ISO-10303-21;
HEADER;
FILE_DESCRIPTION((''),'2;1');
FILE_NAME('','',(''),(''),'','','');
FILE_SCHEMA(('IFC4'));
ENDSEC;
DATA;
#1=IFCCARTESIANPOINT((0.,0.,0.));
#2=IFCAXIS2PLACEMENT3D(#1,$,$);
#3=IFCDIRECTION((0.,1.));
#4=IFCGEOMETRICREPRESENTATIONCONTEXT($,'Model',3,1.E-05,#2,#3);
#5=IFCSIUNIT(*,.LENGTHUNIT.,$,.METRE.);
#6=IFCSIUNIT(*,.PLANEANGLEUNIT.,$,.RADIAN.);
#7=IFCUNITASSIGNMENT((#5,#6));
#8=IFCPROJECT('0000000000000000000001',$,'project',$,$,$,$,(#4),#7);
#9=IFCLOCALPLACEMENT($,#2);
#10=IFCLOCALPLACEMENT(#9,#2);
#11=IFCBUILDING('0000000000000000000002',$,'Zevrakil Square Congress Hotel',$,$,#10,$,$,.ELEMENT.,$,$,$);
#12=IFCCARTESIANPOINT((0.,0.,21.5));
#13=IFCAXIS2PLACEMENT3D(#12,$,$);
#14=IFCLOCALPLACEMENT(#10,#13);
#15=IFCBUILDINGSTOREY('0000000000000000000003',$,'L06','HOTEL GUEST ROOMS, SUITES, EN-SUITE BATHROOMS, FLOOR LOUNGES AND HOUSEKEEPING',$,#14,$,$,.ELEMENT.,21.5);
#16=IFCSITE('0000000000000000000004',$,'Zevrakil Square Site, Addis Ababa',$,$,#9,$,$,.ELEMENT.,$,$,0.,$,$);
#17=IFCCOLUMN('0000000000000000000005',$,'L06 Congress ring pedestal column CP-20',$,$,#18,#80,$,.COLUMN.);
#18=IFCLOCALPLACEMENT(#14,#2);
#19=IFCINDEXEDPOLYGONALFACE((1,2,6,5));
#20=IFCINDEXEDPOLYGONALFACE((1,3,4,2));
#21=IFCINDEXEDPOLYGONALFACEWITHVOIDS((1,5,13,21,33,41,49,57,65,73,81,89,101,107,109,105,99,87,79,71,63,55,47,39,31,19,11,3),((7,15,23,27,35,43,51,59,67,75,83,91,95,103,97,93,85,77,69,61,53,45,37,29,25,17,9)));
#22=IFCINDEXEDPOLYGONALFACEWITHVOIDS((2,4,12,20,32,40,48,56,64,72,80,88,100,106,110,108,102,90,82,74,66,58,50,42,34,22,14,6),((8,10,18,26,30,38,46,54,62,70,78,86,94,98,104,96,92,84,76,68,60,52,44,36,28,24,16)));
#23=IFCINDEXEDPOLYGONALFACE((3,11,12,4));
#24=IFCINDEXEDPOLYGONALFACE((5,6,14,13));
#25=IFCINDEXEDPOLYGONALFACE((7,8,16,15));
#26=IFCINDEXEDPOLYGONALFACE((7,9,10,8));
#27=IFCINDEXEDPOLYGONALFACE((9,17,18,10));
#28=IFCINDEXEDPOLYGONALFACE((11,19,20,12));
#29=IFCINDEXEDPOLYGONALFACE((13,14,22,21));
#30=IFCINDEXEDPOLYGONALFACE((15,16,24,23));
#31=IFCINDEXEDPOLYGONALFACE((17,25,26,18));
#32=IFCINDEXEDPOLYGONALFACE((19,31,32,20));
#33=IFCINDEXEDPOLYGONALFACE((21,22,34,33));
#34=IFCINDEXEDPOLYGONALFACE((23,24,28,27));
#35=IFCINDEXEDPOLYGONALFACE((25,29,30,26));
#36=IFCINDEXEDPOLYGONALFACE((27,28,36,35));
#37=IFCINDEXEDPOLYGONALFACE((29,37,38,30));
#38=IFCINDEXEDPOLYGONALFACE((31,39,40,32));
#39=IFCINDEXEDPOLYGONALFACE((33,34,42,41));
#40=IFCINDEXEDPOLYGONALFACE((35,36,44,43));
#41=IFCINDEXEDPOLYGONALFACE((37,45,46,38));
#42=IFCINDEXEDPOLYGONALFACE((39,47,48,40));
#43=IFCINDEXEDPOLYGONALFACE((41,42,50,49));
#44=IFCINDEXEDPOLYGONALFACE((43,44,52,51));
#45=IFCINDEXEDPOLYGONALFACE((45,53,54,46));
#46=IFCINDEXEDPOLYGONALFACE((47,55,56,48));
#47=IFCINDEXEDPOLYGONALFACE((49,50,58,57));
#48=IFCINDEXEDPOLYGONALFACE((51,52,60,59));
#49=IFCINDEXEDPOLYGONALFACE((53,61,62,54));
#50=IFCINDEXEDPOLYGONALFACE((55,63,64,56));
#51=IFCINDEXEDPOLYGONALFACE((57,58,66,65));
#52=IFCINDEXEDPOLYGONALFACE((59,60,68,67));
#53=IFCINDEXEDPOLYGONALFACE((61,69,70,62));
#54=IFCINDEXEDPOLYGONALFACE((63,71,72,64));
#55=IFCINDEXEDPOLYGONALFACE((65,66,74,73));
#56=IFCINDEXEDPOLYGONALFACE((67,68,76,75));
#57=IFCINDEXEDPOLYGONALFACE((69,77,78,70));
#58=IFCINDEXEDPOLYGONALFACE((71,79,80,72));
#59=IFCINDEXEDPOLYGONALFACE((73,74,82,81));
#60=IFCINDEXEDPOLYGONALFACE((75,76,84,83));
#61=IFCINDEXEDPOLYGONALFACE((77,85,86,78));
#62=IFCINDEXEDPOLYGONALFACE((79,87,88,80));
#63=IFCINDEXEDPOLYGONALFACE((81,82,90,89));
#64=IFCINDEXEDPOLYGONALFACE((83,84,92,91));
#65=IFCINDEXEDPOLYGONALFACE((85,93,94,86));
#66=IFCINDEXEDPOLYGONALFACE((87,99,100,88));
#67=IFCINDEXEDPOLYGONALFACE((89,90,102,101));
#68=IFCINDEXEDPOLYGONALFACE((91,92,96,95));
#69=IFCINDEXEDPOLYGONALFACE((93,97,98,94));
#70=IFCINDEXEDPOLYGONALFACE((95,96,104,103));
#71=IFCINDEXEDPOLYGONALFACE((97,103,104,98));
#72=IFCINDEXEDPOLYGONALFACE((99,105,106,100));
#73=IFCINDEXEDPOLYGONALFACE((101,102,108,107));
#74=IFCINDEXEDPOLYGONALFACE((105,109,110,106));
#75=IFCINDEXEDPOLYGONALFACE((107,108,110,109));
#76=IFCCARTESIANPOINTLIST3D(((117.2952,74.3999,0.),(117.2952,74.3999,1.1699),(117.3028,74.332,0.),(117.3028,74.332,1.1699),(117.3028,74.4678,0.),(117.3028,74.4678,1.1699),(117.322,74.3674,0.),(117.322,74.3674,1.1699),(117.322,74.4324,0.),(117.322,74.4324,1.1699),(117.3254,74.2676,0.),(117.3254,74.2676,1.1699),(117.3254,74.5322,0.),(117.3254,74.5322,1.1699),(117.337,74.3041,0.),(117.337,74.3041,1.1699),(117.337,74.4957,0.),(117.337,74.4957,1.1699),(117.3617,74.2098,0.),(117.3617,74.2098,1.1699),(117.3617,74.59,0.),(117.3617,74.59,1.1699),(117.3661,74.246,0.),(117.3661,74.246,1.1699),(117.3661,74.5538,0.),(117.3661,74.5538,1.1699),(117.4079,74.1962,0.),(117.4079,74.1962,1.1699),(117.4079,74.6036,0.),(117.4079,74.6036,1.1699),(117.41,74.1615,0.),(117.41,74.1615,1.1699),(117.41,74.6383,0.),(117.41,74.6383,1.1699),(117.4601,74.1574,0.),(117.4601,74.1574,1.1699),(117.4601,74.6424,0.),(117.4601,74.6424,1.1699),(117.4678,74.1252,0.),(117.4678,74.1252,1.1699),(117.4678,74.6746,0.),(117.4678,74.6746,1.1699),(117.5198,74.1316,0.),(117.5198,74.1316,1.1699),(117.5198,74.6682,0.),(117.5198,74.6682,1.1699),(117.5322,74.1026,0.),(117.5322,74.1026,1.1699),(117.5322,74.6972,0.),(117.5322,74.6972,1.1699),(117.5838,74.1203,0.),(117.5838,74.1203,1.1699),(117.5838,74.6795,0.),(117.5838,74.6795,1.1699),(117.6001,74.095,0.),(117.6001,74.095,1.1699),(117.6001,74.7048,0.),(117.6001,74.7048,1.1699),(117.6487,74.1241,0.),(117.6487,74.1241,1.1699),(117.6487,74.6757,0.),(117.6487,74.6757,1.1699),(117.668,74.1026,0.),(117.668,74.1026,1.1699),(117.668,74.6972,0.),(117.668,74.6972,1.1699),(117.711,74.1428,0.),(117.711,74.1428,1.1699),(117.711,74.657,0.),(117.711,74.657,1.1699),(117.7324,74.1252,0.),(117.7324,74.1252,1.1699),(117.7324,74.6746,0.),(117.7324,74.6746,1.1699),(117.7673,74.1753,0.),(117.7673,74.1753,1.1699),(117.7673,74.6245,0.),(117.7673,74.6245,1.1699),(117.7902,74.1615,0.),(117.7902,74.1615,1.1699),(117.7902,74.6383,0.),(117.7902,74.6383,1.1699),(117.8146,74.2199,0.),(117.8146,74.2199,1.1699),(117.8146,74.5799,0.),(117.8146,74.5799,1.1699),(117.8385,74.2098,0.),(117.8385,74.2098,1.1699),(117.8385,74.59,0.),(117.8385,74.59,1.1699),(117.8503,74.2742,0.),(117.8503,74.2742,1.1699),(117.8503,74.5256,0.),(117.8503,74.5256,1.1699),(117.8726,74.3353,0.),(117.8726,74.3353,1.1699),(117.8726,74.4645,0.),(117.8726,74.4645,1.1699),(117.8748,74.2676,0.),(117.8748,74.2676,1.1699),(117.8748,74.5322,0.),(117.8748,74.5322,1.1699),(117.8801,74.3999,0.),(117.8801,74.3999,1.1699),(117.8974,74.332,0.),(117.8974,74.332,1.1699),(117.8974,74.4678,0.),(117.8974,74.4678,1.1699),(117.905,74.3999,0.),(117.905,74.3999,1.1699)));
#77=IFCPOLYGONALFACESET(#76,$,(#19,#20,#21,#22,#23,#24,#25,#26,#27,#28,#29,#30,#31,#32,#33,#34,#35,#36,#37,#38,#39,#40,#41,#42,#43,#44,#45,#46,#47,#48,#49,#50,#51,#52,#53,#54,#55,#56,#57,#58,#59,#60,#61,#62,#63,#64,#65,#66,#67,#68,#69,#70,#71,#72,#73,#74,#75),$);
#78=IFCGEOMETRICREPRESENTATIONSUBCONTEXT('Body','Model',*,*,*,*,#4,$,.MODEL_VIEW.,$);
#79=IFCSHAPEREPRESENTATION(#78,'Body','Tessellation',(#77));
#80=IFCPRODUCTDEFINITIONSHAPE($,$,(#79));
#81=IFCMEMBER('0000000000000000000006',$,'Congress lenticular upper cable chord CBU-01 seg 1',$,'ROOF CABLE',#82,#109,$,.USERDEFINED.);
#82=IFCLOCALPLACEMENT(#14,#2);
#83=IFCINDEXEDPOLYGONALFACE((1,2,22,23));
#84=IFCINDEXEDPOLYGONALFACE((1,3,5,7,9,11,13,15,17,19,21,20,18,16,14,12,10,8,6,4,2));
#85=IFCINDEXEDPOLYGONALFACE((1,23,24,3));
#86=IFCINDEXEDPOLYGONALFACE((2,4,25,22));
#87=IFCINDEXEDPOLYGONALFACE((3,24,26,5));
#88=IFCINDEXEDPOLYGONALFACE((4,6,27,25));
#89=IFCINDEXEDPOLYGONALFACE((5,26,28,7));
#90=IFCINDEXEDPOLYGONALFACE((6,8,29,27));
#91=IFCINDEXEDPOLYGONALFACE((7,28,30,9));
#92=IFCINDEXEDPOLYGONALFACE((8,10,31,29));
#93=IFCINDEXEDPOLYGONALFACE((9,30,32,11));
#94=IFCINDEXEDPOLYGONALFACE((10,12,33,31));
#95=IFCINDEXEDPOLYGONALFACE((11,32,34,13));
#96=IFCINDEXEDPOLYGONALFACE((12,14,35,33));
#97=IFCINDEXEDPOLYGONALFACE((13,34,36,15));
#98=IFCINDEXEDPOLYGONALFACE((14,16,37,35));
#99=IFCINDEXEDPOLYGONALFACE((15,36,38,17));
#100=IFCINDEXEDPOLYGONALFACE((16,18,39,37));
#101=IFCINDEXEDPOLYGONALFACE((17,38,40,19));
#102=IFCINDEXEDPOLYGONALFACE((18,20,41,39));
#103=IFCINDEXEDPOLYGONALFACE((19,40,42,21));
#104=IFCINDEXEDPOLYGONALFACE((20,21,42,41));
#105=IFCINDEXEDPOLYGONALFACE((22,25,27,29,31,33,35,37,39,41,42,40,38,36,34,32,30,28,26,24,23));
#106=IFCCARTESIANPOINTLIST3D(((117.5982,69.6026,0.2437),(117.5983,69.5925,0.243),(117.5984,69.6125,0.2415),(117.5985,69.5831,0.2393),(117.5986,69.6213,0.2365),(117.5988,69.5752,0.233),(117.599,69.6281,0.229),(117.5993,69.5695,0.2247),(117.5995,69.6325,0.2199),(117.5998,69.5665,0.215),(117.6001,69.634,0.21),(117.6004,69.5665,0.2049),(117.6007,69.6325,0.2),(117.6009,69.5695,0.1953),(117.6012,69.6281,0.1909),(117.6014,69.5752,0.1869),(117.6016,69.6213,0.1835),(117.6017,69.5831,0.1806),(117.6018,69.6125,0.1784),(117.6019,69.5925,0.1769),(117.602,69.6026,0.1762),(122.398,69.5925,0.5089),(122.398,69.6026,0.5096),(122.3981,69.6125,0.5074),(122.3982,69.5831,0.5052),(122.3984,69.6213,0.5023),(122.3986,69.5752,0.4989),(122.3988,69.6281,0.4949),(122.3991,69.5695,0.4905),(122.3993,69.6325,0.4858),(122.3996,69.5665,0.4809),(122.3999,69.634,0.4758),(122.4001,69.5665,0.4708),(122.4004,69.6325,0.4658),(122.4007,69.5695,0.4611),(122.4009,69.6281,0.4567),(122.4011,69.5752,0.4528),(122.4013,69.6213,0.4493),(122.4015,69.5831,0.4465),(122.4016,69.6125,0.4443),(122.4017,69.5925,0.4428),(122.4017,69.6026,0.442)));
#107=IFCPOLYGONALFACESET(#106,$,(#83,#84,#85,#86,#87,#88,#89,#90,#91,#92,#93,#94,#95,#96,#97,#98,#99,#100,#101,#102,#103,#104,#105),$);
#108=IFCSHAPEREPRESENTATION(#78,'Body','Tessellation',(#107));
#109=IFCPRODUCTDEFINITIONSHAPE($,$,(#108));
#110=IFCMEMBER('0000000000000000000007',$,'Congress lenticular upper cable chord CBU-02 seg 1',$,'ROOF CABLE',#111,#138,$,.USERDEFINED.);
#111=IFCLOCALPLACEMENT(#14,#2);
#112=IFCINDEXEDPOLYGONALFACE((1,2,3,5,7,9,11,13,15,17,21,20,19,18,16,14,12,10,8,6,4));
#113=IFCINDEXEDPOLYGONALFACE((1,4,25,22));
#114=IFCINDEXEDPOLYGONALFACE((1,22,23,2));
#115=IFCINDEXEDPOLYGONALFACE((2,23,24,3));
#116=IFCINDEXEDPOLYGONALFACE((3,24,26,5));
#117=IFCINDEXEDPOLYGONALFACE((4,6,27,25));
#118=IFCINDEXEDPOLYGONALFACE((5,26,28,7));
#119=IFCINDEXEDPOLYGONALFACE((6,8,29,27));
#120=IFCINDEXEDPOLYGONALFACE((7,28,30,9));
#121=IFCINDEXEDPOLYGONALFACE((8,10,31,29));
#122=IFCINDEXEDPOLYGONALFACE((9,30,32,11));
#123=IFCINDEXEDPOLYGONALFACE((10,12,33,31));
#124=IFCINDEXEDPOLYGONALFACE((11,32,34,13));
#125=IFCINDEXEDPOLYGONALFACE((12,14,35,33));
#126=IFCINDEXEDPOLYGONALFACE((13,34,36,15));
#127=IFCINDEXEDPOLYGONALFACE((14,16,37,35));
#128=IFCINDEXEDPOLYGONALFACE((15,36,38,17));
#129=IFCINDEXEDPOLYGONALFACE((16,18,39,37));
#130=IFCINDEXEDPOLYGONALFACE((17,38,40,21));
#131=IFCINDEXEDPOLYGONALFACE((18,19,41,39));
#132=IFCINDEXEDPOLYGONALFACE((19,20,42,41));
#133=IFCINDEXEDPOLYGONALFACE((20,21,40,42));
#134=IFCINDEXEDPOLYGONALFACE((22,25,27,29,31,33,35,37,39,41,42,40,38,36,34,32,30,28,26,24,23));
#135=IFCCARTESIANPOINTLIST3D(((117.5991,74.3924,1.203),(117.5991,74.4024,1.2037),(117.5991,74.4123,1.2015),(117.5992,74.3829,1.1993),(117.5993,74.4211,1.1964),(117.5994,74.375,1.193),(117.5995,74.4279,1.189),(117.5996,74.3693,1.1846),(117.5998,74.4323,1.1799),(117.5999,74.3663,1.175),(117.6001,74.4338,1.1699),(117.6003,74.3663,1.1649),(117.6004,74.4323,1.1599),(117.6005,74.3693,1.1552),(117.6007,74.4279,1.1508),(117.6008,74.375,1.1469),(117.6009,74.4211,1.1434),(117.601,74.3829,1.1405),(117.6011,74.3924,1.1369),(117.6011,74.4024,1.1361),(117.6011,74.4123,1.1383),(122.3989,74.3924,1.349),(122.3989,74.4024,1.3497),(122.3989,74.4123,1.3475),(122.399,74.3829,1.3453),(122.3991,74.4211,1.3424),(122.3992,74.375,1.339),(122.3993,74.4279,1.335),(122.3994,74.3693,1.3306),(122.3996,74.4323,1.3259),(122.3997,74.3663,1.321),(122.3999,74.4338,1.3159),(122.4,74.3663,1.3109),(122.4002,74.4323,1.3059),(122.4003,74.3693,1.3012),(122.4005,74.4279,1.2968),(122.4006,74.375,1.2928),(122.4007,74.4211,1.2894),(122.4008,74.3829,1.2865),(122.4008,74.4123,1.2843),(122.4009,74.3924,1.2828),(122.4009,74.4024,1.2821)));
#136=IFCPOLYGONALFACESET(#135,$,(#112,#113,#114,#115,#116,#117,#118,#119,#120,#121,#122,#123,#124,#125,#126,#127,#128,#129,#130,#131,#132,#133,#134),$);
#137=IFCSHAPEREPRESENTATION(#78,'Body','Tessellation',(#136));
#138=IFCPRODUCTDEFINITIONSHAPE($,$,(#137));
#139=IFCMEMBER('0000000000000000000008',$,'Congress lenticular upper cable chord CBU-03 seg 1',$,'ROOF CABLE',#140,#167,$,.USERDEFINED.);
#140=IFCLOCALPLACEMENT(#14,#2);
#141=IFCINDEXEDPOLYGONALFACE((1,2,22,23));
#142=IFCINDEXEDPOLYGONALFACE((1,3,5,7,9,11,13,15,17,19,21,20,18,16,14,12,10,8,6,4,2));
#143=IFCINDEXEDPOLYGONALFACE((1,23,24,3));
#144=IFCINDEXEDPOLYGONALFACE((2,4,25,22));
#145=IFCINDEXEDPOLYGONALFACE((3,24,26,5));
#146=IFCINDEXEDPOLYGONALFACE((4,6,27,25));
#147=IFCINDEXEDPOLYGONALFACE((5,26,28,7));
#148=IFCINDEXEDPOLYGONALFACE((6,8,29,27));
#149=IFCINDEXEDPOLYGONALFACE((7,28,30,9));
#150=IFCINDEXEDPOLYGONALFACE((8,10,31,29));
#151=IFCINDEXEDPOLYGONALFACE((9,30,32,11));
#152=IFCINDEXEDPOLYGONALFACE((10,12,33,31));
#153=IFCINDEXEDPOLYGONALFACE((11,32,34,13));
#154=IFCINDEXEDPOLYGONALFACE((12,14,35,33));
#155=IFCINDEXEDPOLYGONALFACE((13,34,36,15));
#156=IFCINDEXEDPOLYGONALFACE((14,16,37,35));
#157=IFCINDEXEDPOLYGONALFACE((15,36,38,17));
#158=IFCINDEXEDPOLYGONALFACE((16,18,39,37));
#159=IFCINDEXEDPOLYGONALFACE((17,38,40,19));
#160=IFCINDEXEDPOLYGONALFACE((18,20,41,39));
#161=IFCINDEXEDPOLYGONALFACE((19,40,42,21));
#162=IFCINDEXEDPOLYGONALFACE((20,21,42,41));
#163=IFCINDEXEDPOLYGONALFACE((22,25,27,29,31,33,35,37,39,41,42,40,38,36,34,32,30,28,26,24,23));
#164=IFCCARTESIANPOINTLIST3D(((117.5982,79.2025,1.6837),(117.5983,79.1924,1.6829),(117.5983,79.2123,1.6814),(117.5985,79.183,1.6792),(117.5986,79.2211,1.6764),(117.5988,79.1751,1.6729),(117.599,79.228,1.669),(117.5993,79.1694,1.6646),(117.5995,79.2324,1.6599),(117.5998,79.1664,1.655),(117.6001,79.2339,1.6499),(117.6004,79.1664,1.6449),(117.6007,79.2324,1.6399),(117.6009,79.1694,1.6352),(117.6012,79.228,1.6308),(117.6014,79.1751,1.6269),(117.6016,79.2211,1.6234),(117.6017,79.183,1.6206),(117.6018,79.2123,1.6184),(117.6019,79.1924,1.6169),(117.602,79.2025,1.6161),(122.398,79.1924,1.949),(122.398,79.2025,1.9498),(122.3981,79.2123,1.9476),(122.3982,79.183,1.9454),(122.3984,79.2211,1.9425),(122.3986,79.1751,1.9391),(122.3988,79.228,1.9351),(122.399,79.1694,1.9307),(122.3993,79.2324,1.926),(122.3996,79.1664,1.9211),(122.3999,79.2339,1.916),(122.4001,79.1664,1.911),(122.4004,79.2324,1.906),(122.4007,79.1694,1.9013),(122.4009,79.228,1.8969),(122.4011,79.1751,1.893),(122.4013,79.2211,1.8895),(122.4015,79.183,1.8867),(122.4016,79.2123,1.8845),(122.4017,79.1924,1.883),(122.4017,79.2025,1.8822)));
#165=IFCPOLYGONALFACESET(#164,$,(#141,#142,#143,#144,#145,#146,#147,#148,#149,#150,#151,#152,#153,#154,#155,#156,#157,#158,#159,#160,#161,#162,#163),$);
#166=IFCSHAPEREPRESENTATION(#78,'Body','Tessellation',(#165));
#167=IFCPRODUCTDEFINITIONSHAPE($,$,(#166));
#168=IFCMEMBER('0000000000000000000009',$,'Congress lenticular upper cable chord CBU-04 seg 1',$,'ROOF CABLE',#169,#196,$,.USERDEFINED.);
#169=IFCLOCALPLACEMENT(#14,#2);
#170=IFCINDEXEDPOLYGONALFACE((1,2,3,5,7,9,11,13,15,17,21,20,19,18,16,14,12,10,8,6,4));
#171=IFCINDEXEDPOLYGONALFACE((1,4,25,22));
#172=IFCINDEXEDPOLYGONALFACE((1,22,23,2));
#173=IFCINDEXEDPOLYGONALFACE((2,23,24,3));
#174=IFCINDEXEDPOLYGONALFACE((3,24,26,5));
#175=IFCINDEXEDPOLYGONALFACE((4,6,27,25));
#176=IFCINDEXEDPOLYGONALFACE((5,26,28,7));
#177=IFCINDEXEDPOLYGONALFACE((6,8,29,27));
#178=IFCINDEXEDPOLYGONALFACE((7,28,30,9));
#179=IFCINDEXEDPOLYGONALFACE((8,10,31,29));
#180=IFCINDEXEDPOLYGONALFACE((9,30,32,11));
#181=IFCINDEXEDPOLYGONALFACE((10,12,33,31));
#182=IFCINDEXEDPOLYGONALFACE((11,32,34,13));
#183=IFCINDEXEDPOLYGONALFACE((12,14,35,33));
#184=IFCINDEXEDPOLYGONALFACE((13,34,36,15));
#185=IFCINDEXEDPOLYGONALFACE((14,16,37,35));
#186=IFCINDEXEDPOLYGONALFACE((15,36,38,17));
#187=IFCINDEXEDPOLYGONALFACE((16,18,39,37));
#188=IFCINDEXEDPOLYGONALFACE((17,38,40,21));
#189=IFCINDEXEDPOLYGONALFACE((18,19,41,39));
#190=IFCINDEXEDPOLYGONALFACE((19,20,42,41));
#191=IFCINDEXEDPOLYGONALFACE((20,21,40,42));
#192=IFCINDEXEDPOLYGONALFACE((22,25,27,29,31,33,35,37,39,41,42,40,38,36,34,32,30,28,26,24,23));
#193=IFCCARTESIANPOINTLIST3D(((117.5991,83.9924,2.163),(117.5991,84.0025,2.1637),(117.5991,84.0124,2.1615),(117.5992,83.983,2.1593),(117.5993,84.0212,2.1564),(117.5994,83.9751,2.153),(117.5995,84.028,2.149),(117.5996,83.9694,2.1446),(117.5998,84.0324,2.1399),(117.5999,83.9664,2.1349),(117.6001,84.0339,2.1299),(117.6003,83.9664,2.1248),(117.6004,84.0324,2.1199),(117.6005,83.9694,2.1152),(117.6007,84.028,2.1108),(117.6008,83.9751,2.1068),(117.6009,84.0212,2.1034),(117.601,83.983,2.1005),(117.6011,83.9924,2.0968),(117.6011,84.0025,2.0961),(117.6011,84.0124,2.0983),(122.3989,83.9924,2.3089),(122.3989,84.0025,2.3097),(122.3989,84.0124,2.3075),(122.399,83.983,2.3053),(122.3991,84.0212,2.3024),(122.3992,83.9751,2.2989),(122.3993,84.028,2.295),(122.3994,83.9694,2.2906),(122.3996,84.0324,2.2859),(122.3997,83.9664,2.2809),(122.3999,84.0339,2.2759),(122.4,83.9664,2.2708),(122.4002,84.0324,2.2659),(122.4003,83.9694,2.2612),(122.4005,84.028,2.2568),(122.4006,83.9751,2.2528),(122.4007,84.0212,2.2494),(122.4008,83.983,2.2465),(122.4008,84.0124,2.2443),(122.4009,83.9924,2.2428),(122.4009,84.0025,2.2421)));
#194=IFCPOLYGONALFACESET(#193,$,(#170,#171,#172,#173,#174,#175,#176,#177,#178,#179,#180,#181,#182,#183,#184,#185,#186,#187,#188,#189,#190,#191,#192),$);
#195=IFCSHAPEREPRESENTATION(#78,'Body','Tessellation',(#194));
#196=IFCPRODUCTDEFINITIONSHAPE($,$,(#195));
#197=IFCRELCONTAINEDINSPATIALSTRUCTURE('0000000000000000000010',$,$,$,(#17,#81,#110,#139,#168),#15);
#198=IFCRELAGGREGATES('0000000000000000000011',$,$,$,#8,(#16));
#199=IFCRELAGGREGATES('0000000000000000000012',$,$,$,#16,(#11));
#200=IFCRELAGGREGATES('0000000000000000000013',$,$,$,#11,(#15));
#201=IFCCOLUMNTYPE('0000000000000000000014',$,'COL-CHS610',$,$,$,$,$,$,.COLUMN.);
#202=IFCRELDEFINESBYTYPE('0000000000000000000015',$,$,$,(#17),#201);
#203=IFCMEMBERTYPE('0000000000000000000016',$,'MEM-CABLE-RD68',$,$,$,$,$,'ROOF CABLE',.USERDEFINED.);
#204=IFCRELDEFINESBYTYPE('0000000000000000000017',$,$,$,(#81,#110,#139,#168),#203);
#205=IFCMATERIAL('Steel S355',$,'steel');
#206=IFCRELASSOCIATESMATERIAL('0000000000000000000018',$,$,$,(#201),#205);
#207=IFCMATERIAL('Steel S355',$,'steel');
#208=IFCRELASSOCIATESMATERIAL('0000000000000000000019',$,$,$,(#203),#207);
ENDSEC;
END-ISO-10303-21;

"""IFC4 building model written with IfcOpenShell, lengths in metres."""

from ifc_helpers import new_model, si_unit, direction, frame, origin, origin_2d, place, context, subcontext, project, spatial, circle, hollow_circle, extrude, material, material_profile, profile_set, type_object, element, save


model = new_model("IFC4")

# Units and contexts
model_context = context("Model", 3, precision=1e-05, world=origin(), true_north=direction((0.0, 1.0)))
body_context = subcontext(model_context, "Body", "Model", "MODEL_VIEW")
ifc_project = project(units=[si_unit("LENGTHUNIT", "METRE"), si_unit("PLANEANGLEUNIT", "RADIAN")], contexts=[model_context])

# Site, building, storey
site_placement = place(None, origin())
site = spatial("IfcSite", under=ifc_project, at=site_placement, Name="Zevrakil Square Site, Addis Ababa", CompositionType="ELEMENT", RefElevation=0.0)
building_placement = place(site_placement, origin())
building = spatial("IfcBuilding", under=site, at=building_placement, Name="Zevrakil Square Congress Hotel", CompositionType="ELEMENT")
storey_placement = place(building_placement, frame((0.0, 0.0, 21.5)))
storey = spatial("IfcBuildingStorey", under=building, at=storey_placement, Name="L06", Description="HOTEL GUEST ROOMS, SUITES, EN-SUITE BATHROOMS, FLOOR LOUNGES AND HOUSEKEEPING", CompositionType="ELEMENT", Elevation=21.5)

# Column
ifc_material_1 = material(Name="Steel S355", Category="steel")
ifc_material_profile_1 = material_profile(ifc_material_1, hollow_circle(Radius=0.3049, WallThickness=0.0249, at=origin_2d()), Name="CHS 610x25")
ifc_profile_set_1 = profile_set([ifc_material_profile_1], Name="Steel S355")
column_type = type_object("IfcColumnType", Name="COL-CHS610", PredefinedType="COLUMN", material=ifc_profile_set_1)
column_1_placement = place(storey_placement, frame((117.6001, 74.3999, 0.0), z_axis=(0.0, 0.0, 1.0), x_axis=(1.0, 0.0, 0.0)))
element("IfcColumn", 1, at=column_1_placement, inside=storey, type_object=column_type, Name="L06 Congress ring pedestal column CP-20", PredefinedType="COLUMN", context=body_context, shape_type="SweptSolid", body=[
    extrude(hollow_circle(Radius=0.3049, WallThickness=0.0249, at=origin_2d()), origin(), (0.0, 0.0, 1.0), 1.1699),
])

# Members
ifc_material_2 = material(Name="Steel S355", Category="steel")
ifc_material_profile_2 = material_profile(ifc_material_2, circle(Radius=0.0339, at=origin_2d()), Name="CABLE RD68")
ifc_profile_set_2 = profile_set([ifc_material_profile_2], Name="Steel S355")
member_type_1 = type_object("IfcMemberType", Name="MEM-CABLE-RD68", ElementType="ROOF CABLE", PredefinedType="USERDEFINED", material=ifc_profile_set_2)
member_1_placement = place(storey_placement, frame((117.6001, 69.6001, 0.21), z_axis=(0.998469, 0.0, 0.055307), x_axis=(0.0, 1.0, 0.0)))
element("IfcMember", 2, at=member_1_placement, inside=storey, type_object=member_type_1, Name="Congress lenticular upper cable chord CBU-01 seg 1", ObjectType="ROOF CABLE", PredefinedType="USERDEFINED", context=body_context, shape_type="SweptSolid", body=[
    extrude(circle(Radius=0.0339, at=origin_2d()), origin(), (0.0, 0.0, 1.0), 4.8071),
])
member_2_placement = place(storey_placement, frame((117.6001, 74.3999, 1.1699), z_axis=(0.999538, 0.0, 0.030403), x_axis=(0.0, 1.0, 0.0)))
element("IfcMember", 3, at=member_2_placement, inside=storey, type_object=member_type_1, Name="Congress lenticular upper cable chord CBU-02 seg 1", ObjectType="ROOF CABLE", PredefinedType="USERDEFINED", context=body_context, shape_type="SweptSolid", body=[
    extrude(circle(Radius=0.0339, at=origin_2d()), origin(), (0.0, 0.0, 1.0), 4.802),
])
member_3_placement = place(storey_placement, frame((117.6001, 79.2, 1.6499), z_axis=(0.998467, 0.0, 0.055358), x_axis=(0.0, 1.0, 0.0)))
element("IfcMember", 4, at=member_3_placement, inside=storey, type_object=member_type_1, Name="Congress lenticular upper cable chord CBU-03 seg 1", ObjectType="ROOF CABLE", PredefinedType="USERDEFINED", context=body_context, shape_type="SweptSolid", body=[
    extrude(circle(Radius=0.0339, at=origin_2d()), origin(), (0.0, 0.0, 1.0), 4.8071),
])
member_4_placement = place(storey_placement, frame((117.6001, 84.0, 2.1299), z_axis=(0.999538, 0.0, 0.030403), x_axis=(0.0, 1.0, 0.0)))
element("IfcMember", 5, at=member_4_placement, inside=storey, type_object=member_type_1, Name="Congress lenticular upper cable chord CBU-04 seg 1", ObjectType="ROOF CABLE", PredefinedType="USERDEFINED", context=body_context, shape_type="SweptSolid", body=[
    extrude(circle(Radius=0.0339, at=origin_2d()), origin(), (0.0, 0.0, 1.0), 4.802),
])

save(model, "model.ifc")
